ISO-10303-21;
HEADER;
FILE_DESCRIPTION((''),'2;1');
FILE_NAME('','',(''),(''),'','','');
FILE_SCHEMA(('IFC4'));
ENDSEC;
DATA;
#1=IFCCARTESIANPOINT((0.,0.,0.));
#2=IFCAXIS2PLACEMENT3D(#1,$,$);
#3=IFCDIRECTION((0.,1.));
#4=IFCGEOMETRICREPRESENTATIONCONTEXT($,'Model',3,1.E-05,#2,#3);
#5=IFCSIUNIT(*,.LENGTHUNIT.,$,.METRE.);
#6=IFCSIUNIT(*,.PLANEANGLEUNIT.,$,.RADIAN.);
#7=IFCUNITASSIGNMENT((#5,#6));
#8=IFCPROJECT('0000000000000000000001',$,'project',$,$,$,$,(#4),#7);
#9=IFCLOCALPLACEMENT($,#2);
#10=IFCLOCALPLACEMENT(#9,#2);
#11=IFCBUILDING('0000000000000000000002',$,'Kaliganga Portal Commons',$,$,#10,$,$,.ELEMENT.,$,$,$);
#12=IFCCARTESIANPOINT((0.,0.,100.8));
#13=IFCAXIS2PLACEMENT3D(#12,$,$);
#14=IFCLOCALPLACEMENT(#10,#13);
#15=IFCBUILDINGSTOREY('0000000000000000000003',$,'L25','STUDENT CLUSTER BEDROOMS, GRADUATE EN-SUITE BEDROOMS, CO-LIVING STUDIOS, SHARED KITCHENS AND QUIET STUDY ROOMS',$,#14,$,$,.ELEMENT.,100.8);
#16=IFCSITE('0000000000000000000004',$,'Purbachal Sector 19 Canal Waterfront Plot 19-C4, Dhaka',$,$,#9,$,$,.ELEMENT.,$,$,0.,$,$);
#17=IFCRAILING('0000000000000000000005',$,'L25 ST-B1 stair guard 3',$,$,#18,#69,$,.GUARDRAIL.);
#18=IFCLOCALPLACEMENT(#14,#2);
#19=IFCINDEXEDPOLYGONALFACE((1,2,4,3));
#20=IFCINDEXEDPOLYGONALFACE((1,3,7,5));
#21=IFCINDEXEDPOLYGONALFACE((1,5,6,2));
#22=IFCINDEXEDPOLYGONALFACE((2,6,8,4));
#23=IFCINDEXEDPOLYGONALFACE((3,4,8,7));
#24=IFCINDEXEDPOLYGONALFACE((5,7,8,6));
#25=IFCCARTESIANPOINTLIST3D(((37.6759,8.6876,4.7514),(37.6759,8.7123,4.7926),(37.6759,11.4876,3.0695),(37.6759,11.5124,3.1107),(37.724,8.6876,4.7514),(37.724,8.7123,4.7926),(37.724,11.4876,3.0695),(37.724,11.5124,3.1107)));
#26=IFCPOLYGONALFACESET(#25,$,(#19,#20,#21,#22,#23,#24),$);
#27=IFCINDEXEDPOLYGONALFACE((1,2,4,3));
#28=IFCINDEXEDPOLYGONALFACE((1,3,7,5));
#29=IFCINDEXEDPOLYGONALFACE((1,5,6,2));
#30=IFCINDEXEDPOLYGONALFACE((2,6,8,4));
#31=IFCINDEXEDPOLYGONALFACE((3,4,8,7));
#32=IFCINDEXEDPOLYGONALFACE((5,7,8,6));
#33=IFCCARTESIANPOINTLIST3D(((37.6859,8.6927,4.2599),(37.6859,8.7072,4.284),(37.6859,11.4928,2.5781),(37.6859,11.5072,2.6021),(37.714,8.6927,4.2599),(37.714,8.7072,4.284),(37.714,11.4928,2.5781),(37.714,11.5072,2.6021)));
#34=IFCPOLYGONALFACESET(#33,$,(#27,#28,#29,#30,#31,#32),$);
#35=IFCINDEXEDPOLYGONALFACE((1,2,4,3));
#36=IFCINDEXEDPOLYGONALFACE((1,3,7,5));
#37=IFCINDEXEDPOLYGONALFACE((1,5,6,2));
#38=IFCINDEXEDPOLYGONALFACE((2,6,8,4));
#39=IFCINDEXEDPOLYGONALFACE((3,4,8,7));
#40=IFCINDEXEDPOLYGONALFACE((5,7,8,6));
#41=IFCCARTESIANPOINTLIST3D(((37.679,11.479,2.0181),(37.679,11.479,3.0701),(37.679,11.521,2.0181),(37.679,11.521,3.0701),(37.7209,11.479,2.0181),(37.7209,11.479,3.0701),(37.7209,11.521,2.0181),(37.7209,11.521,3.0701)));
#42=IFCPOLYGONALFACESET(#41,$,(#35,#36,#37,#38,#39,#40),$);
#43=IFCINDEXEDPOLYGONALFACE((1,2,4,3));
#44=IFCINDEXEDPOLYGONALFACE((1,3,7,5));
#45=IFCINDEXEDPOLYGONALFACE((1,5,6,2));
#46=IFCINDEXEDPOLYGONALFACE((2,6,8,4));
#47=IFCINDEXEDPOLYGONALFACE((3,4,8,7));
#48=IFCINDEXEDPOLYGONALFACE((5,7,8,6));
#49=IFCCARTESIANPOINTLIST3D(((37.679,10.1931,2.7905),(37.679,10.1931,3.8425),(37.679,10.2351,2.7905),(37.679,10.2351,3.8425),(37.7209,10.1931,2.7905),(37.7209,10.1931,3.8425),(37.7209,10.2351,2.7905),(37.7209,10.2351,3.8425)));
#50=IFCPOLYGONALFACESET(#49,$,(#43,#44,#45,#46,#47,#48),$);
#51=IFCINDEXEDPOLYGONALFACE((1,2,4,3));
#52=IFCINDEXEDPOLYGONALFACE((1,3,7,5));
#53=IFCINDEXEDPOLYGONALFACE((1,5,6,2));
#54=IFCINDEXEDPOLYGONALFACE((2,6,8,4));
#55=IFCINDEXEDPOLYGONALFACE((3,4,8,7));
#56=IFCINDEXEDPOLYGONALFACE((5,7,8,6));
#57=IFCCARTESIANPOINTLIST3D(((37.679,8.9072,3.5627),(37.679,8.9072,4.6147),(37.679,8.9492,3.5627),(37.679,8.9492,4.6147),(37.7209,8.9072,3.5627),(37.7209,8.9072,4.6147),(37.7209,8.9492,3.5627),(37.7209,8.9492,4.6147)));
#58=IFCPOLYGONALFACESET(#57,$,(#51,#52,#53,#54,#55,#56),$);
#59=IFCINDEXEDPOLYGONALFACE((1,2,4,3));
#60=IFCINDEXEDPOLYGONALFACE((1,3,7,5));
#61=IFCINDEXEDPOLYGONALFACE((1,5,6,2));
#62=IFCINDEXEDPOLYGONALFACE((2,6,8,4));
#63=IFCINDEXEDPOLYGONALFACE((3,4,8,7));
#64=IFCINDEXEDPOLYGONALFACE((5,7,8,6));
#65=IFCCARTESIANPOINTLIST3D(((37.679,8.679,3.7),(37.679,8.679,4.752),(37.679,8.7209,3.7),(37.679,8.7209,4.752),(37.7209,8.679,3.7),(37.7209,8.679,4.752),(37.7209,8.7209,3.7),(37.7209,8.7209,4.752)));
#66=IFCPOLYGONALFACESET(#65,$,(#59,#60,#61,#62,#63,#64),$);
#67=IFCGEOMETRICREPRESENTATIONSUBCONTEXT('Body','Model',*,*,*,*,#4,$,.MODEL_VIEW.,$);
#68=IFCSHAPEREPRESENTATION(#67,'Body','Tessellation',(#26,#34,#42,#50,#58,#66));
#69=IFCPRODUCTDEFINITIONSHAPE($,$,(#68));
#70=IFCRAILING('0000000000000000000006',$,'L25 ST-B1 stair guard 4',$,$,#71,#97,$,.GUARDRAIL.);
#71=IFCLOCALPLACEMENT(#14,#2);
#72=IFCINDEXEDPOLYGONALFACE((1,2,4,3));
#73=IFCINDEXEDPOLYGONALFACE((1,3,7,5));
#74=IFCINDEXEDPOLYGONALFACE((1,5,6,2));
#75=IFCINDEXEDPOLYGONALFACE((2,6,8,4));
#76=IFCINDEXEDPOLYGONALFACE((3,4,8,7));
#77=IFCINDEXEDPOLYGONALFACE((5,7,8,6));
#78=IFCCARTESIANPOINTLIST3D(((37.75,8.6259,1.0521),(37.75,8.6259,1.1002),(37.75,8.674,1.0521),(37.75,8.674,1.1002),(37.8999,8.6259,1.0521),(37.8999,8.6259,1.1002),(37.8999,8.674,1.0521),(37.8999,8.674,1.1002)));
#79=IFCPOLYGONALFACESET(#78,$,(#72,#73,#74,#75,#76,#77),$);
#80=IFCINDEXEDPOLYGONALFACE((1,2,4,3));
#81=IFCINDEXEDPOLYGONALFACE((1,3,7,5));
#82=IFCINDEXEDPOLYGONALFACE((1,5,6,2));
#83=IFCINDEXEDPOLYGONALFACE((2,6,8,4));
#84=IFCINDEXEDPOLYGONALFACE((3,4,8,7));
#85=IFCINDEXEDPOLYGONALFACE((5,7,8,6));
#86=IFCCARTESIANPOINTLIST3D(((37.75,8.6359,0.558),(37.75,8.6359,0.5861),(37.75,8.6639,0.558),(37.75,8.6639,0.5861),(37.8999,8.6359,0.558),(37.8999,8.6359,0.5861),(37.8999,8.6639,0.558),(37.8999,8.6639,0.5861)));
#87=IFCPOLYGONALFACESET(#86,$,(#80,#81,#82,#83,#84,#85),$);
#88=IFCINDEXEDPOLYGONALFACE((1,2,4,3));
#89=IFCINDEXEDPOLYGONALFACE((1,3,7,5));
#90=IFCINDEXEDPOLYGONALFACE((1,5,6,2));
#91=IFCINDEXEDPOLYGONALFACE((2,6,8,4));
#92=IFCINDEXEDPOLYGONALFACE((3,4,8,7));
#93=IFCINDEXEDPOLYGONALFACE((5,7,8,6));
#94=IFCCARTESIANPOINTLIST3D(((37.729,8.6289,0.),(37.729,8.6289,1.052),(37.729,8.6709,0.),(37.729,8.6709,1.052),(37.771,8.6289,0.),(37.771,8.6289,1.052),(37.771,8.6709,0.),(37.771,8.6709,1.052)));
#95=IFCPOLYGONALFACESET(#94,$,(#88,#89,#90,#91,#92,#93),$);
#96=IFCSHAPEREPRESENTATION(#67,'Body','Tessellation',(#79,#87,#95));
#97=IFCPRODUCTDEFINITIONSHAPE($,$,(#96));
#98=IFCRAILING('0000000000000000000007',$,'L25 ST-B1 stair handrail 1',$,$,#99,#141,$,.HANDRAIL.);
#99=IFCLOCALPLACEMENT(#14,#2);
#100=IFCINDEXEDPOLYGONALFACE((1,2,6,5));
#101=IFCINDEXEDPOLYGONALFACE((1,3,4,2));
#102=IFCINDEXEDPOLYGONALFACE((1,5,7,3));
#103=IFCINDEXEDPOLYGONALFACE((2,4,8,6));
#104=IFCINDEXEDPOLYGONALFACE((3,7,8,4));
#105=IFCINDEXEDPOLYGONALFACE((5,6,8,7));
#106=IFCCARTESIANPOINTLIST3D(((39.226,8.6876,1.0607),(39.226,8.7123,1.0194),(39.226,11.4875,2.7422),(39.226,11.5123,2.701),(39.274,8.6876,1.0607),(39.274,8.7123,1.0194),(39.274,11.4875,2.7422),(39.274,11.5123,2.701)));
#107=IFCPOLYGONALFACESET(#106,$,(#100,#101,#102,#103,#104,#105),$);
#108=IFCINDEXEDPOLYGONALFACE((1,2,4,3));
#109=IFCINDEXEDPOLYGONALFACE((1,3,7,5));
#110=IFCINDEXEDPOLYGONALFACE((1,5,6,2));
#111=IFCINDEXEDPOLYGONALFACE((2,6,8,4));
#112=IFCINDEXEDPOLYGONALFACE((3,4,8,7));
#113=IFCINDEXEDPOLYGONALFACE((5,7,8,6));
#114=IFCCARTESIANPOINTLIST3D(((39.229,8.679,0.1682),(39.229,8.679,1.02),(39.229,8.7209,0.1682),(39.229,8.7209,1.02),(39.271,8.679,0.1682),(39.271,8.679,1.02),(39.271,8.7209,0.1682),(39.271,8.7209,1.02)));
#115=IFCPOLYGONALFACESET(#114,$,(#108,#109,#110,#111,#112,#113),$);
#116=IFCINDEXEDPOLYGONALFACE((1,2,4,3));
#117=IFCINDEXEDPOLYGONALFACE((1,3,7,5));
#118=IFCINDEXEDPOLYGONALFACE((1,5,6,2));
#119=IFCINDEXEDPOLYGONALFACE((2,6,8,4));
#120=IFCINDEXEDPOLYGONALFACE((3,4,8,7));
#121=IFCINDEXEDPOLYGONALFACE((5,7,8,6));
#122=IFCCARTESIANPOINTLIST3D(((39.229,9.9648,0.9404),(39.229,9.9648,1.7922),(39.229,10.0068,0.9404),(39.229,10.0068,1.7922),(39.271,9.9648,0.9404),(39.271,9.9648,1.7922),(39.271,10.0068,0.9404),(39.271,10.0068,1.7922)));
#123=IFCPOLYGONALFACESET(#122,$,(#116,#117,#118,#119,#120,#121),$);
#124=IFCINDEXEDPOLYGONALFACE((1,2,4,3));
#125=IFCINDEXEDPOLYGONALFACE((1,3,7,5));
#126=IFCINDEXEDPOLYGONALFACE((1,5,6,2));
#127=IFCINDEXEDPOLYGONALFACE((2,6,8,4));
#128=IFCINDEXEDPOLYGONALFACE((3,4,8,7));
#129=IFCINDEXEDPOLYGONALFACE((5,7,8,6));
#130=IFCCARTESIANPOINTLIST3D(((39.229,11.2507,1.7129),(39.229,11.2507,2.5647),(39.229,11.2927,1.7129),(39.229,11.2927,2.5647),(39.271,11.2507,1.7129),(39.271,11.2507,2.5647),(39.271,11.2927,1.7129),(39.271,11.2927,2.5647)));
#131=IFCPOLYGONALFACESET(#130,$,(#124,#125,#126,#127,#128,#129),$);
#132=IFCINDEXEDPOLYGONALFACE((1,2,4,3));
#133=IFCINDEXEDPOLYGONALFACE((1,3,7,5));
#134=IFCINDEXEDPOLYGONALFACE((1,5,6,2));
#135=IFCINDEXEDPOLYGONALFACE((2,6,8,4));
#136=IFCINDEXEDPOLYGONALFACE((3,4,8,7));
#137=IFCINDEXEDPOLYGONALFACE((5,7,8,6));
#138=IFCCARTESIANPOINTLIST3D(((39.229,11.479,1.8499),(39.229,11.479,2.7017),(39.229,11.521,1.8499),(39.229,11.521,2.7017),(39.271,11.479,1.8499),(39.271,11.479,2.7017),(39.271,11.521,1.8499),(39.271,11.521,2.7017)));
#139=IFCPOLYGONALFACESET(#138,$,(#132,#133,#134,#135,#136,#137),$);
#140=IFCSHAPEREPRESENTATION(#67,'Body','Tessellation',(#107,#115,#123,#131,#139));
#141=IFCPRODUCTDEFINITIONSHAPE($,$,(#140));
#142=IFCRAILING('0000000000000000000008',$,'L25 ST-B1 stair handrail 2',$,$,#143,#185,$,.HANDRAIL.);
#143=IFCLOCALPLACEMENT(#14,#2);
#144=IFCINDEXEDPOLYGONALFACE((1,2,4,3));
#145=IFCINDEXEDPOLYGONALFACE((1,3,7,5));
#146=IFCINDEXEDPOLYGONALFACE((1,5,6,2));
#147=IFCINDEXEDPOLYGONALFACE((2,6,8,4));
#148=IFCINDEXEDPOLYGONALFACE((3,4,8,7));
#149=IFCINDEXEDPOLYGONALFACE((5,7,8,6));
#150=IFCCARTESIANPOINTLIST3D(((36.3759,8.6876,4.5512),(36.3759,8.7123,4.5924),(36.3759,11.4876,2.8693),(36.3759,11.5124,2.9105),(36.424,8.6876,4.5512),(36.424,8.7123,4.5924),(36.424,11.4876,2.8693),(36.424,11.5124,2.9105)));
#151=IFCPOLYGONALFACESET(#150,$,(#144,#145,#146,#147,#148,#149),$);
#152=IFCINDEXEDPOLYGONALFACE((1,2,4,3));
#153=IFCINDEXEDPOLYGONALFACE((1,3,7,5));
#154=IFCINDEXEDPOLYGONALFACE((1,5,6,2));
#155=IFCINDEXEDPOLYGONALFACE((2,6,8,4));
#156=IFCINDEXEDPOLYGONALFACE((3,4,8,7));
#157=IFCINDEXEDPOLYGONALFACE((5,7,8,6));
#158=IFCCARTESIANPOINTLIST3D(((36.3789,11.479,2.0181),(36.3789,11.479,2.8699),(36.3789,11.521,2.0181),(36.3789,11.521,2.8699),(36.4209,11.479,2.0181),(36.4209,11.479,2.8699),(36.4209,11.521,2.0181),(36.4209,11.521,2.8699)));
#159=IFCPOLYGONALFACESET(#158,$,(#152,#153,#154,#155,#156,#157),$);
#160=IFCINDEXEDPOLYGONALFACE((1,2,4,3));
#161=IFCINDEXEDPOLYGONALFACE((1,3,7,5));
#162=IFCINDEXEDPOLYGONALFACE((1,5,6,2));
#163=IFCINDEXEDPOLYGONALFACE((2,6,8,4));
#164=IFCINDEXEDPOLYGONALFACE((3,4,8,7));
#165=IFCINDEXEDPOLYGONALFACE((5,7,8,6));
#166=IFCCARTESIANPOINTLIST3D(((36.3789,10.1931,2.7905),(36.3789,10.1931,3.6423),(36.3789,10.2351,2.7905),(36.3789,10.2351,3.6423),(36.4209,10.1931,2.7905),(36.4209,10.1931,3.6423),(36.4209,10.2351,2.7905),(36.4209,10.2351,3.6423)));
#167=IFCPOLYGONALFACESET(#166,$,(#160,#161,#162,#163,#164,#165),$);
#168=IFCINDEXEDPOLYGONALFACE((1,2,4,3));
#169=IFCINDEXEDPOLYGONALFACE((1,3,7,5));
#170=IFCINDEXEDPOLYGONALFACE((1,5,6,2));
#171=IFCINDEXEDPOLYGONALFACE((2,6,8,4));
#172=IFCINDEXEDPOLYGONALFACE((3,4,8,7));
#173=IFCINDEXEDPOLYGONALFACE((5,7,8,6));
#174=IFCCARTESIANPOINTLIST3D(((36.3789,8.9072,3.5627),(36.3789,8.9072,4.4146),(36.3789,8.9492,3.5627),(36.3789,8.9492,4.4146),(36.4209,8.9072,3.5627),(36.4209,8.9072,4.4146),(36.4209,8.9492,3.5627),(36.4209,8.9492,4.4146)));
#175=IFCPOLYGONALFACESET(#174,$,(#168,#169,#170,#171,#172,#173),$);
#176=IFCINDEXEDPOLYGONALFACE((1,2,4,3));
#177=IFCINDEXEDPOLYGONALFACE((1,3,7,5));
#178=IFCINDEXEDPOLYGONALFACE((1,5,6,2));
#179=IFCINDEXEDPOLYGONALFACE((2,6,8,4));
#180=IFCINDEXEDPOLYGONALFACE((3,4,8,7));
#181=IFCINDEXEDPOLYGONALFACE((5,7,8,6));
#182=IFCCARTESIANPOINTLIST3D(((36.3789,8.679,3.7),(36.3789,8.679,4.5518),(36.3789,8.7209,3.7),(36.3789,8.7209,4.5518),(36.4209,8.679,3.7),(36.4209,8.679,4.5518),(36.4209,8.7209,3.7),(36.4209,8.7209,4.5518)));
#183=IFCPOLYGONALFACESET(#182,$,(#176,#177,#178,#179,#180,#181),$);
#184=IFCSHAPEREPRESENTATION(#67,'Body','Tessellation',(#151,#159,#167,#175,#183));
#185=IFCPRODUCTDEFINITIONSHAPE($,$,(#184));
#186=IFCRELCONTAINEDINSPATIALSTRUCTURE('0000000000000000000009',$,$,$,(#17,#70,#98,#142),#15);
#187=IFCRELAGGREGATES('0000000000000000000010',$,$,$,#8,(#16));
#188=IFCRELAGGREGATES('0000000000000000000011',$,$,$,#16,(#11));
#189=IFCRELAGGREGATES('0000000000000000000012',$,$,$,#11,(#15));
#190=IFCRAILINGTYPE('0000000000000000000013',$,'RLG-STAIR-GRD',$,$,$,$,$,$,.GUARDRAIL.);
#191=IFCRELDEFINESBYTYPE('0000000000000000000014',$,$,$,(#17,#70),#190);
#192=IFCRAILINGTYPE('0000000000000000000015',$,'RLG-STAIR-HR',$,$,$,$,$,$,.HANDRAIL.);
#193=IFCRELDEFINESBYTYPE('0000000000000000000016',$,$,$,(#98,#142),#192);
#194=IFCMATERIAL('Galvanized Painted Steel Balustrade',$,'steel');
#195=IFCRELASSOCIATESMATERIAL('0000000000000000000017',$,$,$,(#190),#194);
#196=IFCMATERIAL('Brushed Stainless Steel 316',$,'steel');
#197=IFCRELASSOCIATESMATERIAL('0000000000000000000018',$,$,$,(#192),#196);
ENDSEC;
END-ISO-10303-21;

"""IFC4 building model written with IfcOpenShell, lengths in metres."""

from ifc_helpers import new_model, si_unit, direction, frame, origin, origin_2d, place, context, subcontext, project, spatial, rectangle, extrude, material, type_object, element, save


model = new_model("IFC4")

# Units and contexts
model_context = context("Model", 3, precision=1e-05, world=origin(), true_north=direction((0.0, 1.0)))
body_context = subcontext(model_context, "Body", "Model", "MODEL_VIEW")
ifc_project = project(units=[si_unit("LENGTHUNIT", "METRE"), si_unit("PLANEANGLEUNIT", "RADIAN")], contexts=[model_context])

# Site, building, storey
site_placement = place(None, origin())
site = spatial("IfcSite", under=ifc_project, at=site_placement, Name="Purbachal Sector 19 Canal Waterfront Plot 19-C4, Dhaka", CompositionType="ELEMENT", RefElevation=0.0)
building_placement = place(site_placement, origin())
building = spatial("IfcBuilding", under=site, at=building_placement, Name="Kaliganga Portal Commons", CompositionType="ELEMENT")
storey_placement = place(building_placement, frame((0.0, 0.0, 100.8)))
storey = spatial("IfcBuildingStorey", under=building, at=storey_placement, Name="L25", Description="STUDENT CLUSTER BEDROOMS, GRADUATE EN-SUITE BEDROOMS, CO-LIVING STUDIOS, SHARED KITCHENS AND QUIET STUDY ROOMS", CompositionType="ELEMENT", Elevation=100.8)

# Railings
ifc_material_1 = material(Name="Galvanized Painted Steel Balustrade", Category="steel")
railing_type_1 = type_object("IfcRailingType", Name="RLG-STAIR-GRD", PredefinedType="GUARDRAIL", material=ifc_material_1)
railing_1_placement = place(storey_placement, frame((37.7, 11.5, 2.0181)))
element("IfcRailing", 1, at=railing_1_placement, inside=storey, type_object=railing_type_1, Name="L25 ST-B1 stair guard 3", PredefinedType="GUARDRAIL", context=body_context, shape_type="SweptSolid", body=[
    extrude(rectangle(XDim=0.0481, YDim=0.0481, at=origin_2d()), frame((0.0, 0.0, 1.072), z_axis=(0.0, -0.857242, 0.514913), x_axis=(1.0, 0.0, 0.0)), (0.0, 0.0, 1.0), 3.2664),
    extrude(rectangle(XDim=0.0281, YDim=0.0281, at=origin_2d()), frame((0.0, 0.0, 0.572), z_axis=(0.0, -0.857242, 0.514913), x_axis=(1.0, 0.0, 0.0)), (0.0, 0.0, 1.0), 3.2664),
    extrude(rectangle(XDim=0.042, YDim=0.042, at=origin_2d()), origin(), (0.0, 0.0, 1.0), 1.052),
    extrude(rectangle(XDim=0.042, YDim=0.042, at=origin_2d()), frame((0.0, -1.2859, 0.7725)), (0.0, 0.0, 1.0), 1.052),
    extrude(rectangle(XDim=0.042, YDim=0.042, at=origin_2d()), frame((0.0, -2.5718, 1.5447)), (0.0, 0.0, 1.0), 1.052),
    extrude(rectangle(XDim=0.042, YDim=0.042, at=origin_2d()), frame((0.0, -2.8, 1.6819)), (0.0, 0.0, 1.0), 1.052),
])
railing_2_placement = place(storey_placement, frame((37.8999, 8.6499, 0.0)))
element("IfcRailing", 2, at=railing_2_placement, inside=storey, type_object=railing_type_1, Name="L25 ST-B1 stair guard 4", PredefinedType="GUARDRAIL", context=body_context, shape_type="SweptSolid", body=[
    extrude(rectangle(XDim=0.0481, YDim=0.0481, at=origin_2d()), frame((0.0, 0.0, 1.0762), z_axis=(-1.0, 0.0, 0.0), x_axis=(0.0, -1.0, 0.0)), (0.0, 0.0, 1.0), 0.1499),
    extrude(rectangle(XDim=0.0281, YDim=0.0281, at=origin_2d()), frame((0.0, 0.0, 0.572), z_axis=(-1.0, 0.0, 0.0), x_axis=(0.0, -1.0, 0.0)), (0.0, 0.0, 1.0), 0.1499),
    extrude(rectangle(XDim=0.042, YDim=0.042, at=origin_2d()), frame((-0.1499, 0.0, 0.0)), (0.0, 0.0, 1.0), 1.052),
])
ifc_material_2 = material(Name="Brushed Stainless Steel 316", Category="steel")
railing_type_2 = type_object("IfcRailingType", Name="RLG-STAIR-HR", PredefinedType="HANDRAIL", material=ifc_material_2)
railing_3_placement = place(storey_placement, frame((39.25, 8.7, 0.1682)))
element("IfcRailing", 3, at=railing_3_placement, inside=storey, type_object=railing_type_2, Name="L25 ST-B1 stair handrail 1", PredefinedType="HANDRAIL", context=body_context, shape_type="SweptSolid", body=[
    extrude(rectangle(XDim=0.0481, YDim=0.0481, at=origin_2d()), frame((0.0, 0.0, 0.8718), z_axis=(0.0, 0.857275, 0.514858), x_axis=(-1.0, 0.0, 0.0)), (0.0, 0.0, 1.0), 3.2661),
    extrude(rectangle(XDim=0.042, YDim=0.042, at=origin_2d()), origin(), (0.0, 0.0, 1.0), 0.8518),
    extrude(rectangle(XDim=0.042, YDim=0.042, at=origin_2d()), frame((0.0, 1.2859, 0.7722)), (0.0, 0.0, 1.0), 0.8518),
    extrude(rectangle(XDim=0.042, YDim=0.042, at=origin_2d()), frame((0.0, 2.5718, 1.5447)), (0.0, 0.0, 1.0), 0.8518),
    extrude(rectangle(XDim=0.042, YDim=0.042, at=origin_2d()), frame((0.0, 2.8, 1.6816)), (0.0, 0.0, 1.0), 0.8518),
])
railing_4_placement = place(storey_placement, frame((36.3999, 11.5, 2.0181)))
element("IfcRailing", 4, at=railing_4_placement, inside=storey, type_object=railing_type_2, Name="L25 ST-B1 stair handrail 2", PredefinedType="HANDRAIL", context=body_context, shape_type="SweptSolid", body=[
    extrude(rectangle(XDim=0.0481, YDim=0.0481, at=origin_2d()), frame((0.0, 0.0, 0.8718), z_axis=(0.0, -0.857242, 0.514913), x_axis=(1.0, 0.0, 0.0)), (0.0, 0.0, 1.0), 3.2664),
    extrude(rectangle(XDim=0.042, YDim=0.042, at=origin_2d()), origin(), (0.0, 0.0, 1.0), 0.8518),
    extrude(rectangle(XDim=0.042, YDim=0.042, at=origin_2d()), frame((0.0, -1.2859, 0.7725)), (0.0, 0.0, 1.0), 0.8518),
    extrude(rectangle(XDim=0.042, YDim=0.042, at=origin_2d()), frame((0.0, -2.5718, 1.5447)), (0.0, 0.0, 1.0), 0.8518),
    extrude(rectangle(XDim=0.042, YDim=0.042, at=origin_2d()), frame((0.0, -2.8, 1.6819)), (0.0, 0.0, 1.0), 0.8518),
])

save(model, "model.ifc")
